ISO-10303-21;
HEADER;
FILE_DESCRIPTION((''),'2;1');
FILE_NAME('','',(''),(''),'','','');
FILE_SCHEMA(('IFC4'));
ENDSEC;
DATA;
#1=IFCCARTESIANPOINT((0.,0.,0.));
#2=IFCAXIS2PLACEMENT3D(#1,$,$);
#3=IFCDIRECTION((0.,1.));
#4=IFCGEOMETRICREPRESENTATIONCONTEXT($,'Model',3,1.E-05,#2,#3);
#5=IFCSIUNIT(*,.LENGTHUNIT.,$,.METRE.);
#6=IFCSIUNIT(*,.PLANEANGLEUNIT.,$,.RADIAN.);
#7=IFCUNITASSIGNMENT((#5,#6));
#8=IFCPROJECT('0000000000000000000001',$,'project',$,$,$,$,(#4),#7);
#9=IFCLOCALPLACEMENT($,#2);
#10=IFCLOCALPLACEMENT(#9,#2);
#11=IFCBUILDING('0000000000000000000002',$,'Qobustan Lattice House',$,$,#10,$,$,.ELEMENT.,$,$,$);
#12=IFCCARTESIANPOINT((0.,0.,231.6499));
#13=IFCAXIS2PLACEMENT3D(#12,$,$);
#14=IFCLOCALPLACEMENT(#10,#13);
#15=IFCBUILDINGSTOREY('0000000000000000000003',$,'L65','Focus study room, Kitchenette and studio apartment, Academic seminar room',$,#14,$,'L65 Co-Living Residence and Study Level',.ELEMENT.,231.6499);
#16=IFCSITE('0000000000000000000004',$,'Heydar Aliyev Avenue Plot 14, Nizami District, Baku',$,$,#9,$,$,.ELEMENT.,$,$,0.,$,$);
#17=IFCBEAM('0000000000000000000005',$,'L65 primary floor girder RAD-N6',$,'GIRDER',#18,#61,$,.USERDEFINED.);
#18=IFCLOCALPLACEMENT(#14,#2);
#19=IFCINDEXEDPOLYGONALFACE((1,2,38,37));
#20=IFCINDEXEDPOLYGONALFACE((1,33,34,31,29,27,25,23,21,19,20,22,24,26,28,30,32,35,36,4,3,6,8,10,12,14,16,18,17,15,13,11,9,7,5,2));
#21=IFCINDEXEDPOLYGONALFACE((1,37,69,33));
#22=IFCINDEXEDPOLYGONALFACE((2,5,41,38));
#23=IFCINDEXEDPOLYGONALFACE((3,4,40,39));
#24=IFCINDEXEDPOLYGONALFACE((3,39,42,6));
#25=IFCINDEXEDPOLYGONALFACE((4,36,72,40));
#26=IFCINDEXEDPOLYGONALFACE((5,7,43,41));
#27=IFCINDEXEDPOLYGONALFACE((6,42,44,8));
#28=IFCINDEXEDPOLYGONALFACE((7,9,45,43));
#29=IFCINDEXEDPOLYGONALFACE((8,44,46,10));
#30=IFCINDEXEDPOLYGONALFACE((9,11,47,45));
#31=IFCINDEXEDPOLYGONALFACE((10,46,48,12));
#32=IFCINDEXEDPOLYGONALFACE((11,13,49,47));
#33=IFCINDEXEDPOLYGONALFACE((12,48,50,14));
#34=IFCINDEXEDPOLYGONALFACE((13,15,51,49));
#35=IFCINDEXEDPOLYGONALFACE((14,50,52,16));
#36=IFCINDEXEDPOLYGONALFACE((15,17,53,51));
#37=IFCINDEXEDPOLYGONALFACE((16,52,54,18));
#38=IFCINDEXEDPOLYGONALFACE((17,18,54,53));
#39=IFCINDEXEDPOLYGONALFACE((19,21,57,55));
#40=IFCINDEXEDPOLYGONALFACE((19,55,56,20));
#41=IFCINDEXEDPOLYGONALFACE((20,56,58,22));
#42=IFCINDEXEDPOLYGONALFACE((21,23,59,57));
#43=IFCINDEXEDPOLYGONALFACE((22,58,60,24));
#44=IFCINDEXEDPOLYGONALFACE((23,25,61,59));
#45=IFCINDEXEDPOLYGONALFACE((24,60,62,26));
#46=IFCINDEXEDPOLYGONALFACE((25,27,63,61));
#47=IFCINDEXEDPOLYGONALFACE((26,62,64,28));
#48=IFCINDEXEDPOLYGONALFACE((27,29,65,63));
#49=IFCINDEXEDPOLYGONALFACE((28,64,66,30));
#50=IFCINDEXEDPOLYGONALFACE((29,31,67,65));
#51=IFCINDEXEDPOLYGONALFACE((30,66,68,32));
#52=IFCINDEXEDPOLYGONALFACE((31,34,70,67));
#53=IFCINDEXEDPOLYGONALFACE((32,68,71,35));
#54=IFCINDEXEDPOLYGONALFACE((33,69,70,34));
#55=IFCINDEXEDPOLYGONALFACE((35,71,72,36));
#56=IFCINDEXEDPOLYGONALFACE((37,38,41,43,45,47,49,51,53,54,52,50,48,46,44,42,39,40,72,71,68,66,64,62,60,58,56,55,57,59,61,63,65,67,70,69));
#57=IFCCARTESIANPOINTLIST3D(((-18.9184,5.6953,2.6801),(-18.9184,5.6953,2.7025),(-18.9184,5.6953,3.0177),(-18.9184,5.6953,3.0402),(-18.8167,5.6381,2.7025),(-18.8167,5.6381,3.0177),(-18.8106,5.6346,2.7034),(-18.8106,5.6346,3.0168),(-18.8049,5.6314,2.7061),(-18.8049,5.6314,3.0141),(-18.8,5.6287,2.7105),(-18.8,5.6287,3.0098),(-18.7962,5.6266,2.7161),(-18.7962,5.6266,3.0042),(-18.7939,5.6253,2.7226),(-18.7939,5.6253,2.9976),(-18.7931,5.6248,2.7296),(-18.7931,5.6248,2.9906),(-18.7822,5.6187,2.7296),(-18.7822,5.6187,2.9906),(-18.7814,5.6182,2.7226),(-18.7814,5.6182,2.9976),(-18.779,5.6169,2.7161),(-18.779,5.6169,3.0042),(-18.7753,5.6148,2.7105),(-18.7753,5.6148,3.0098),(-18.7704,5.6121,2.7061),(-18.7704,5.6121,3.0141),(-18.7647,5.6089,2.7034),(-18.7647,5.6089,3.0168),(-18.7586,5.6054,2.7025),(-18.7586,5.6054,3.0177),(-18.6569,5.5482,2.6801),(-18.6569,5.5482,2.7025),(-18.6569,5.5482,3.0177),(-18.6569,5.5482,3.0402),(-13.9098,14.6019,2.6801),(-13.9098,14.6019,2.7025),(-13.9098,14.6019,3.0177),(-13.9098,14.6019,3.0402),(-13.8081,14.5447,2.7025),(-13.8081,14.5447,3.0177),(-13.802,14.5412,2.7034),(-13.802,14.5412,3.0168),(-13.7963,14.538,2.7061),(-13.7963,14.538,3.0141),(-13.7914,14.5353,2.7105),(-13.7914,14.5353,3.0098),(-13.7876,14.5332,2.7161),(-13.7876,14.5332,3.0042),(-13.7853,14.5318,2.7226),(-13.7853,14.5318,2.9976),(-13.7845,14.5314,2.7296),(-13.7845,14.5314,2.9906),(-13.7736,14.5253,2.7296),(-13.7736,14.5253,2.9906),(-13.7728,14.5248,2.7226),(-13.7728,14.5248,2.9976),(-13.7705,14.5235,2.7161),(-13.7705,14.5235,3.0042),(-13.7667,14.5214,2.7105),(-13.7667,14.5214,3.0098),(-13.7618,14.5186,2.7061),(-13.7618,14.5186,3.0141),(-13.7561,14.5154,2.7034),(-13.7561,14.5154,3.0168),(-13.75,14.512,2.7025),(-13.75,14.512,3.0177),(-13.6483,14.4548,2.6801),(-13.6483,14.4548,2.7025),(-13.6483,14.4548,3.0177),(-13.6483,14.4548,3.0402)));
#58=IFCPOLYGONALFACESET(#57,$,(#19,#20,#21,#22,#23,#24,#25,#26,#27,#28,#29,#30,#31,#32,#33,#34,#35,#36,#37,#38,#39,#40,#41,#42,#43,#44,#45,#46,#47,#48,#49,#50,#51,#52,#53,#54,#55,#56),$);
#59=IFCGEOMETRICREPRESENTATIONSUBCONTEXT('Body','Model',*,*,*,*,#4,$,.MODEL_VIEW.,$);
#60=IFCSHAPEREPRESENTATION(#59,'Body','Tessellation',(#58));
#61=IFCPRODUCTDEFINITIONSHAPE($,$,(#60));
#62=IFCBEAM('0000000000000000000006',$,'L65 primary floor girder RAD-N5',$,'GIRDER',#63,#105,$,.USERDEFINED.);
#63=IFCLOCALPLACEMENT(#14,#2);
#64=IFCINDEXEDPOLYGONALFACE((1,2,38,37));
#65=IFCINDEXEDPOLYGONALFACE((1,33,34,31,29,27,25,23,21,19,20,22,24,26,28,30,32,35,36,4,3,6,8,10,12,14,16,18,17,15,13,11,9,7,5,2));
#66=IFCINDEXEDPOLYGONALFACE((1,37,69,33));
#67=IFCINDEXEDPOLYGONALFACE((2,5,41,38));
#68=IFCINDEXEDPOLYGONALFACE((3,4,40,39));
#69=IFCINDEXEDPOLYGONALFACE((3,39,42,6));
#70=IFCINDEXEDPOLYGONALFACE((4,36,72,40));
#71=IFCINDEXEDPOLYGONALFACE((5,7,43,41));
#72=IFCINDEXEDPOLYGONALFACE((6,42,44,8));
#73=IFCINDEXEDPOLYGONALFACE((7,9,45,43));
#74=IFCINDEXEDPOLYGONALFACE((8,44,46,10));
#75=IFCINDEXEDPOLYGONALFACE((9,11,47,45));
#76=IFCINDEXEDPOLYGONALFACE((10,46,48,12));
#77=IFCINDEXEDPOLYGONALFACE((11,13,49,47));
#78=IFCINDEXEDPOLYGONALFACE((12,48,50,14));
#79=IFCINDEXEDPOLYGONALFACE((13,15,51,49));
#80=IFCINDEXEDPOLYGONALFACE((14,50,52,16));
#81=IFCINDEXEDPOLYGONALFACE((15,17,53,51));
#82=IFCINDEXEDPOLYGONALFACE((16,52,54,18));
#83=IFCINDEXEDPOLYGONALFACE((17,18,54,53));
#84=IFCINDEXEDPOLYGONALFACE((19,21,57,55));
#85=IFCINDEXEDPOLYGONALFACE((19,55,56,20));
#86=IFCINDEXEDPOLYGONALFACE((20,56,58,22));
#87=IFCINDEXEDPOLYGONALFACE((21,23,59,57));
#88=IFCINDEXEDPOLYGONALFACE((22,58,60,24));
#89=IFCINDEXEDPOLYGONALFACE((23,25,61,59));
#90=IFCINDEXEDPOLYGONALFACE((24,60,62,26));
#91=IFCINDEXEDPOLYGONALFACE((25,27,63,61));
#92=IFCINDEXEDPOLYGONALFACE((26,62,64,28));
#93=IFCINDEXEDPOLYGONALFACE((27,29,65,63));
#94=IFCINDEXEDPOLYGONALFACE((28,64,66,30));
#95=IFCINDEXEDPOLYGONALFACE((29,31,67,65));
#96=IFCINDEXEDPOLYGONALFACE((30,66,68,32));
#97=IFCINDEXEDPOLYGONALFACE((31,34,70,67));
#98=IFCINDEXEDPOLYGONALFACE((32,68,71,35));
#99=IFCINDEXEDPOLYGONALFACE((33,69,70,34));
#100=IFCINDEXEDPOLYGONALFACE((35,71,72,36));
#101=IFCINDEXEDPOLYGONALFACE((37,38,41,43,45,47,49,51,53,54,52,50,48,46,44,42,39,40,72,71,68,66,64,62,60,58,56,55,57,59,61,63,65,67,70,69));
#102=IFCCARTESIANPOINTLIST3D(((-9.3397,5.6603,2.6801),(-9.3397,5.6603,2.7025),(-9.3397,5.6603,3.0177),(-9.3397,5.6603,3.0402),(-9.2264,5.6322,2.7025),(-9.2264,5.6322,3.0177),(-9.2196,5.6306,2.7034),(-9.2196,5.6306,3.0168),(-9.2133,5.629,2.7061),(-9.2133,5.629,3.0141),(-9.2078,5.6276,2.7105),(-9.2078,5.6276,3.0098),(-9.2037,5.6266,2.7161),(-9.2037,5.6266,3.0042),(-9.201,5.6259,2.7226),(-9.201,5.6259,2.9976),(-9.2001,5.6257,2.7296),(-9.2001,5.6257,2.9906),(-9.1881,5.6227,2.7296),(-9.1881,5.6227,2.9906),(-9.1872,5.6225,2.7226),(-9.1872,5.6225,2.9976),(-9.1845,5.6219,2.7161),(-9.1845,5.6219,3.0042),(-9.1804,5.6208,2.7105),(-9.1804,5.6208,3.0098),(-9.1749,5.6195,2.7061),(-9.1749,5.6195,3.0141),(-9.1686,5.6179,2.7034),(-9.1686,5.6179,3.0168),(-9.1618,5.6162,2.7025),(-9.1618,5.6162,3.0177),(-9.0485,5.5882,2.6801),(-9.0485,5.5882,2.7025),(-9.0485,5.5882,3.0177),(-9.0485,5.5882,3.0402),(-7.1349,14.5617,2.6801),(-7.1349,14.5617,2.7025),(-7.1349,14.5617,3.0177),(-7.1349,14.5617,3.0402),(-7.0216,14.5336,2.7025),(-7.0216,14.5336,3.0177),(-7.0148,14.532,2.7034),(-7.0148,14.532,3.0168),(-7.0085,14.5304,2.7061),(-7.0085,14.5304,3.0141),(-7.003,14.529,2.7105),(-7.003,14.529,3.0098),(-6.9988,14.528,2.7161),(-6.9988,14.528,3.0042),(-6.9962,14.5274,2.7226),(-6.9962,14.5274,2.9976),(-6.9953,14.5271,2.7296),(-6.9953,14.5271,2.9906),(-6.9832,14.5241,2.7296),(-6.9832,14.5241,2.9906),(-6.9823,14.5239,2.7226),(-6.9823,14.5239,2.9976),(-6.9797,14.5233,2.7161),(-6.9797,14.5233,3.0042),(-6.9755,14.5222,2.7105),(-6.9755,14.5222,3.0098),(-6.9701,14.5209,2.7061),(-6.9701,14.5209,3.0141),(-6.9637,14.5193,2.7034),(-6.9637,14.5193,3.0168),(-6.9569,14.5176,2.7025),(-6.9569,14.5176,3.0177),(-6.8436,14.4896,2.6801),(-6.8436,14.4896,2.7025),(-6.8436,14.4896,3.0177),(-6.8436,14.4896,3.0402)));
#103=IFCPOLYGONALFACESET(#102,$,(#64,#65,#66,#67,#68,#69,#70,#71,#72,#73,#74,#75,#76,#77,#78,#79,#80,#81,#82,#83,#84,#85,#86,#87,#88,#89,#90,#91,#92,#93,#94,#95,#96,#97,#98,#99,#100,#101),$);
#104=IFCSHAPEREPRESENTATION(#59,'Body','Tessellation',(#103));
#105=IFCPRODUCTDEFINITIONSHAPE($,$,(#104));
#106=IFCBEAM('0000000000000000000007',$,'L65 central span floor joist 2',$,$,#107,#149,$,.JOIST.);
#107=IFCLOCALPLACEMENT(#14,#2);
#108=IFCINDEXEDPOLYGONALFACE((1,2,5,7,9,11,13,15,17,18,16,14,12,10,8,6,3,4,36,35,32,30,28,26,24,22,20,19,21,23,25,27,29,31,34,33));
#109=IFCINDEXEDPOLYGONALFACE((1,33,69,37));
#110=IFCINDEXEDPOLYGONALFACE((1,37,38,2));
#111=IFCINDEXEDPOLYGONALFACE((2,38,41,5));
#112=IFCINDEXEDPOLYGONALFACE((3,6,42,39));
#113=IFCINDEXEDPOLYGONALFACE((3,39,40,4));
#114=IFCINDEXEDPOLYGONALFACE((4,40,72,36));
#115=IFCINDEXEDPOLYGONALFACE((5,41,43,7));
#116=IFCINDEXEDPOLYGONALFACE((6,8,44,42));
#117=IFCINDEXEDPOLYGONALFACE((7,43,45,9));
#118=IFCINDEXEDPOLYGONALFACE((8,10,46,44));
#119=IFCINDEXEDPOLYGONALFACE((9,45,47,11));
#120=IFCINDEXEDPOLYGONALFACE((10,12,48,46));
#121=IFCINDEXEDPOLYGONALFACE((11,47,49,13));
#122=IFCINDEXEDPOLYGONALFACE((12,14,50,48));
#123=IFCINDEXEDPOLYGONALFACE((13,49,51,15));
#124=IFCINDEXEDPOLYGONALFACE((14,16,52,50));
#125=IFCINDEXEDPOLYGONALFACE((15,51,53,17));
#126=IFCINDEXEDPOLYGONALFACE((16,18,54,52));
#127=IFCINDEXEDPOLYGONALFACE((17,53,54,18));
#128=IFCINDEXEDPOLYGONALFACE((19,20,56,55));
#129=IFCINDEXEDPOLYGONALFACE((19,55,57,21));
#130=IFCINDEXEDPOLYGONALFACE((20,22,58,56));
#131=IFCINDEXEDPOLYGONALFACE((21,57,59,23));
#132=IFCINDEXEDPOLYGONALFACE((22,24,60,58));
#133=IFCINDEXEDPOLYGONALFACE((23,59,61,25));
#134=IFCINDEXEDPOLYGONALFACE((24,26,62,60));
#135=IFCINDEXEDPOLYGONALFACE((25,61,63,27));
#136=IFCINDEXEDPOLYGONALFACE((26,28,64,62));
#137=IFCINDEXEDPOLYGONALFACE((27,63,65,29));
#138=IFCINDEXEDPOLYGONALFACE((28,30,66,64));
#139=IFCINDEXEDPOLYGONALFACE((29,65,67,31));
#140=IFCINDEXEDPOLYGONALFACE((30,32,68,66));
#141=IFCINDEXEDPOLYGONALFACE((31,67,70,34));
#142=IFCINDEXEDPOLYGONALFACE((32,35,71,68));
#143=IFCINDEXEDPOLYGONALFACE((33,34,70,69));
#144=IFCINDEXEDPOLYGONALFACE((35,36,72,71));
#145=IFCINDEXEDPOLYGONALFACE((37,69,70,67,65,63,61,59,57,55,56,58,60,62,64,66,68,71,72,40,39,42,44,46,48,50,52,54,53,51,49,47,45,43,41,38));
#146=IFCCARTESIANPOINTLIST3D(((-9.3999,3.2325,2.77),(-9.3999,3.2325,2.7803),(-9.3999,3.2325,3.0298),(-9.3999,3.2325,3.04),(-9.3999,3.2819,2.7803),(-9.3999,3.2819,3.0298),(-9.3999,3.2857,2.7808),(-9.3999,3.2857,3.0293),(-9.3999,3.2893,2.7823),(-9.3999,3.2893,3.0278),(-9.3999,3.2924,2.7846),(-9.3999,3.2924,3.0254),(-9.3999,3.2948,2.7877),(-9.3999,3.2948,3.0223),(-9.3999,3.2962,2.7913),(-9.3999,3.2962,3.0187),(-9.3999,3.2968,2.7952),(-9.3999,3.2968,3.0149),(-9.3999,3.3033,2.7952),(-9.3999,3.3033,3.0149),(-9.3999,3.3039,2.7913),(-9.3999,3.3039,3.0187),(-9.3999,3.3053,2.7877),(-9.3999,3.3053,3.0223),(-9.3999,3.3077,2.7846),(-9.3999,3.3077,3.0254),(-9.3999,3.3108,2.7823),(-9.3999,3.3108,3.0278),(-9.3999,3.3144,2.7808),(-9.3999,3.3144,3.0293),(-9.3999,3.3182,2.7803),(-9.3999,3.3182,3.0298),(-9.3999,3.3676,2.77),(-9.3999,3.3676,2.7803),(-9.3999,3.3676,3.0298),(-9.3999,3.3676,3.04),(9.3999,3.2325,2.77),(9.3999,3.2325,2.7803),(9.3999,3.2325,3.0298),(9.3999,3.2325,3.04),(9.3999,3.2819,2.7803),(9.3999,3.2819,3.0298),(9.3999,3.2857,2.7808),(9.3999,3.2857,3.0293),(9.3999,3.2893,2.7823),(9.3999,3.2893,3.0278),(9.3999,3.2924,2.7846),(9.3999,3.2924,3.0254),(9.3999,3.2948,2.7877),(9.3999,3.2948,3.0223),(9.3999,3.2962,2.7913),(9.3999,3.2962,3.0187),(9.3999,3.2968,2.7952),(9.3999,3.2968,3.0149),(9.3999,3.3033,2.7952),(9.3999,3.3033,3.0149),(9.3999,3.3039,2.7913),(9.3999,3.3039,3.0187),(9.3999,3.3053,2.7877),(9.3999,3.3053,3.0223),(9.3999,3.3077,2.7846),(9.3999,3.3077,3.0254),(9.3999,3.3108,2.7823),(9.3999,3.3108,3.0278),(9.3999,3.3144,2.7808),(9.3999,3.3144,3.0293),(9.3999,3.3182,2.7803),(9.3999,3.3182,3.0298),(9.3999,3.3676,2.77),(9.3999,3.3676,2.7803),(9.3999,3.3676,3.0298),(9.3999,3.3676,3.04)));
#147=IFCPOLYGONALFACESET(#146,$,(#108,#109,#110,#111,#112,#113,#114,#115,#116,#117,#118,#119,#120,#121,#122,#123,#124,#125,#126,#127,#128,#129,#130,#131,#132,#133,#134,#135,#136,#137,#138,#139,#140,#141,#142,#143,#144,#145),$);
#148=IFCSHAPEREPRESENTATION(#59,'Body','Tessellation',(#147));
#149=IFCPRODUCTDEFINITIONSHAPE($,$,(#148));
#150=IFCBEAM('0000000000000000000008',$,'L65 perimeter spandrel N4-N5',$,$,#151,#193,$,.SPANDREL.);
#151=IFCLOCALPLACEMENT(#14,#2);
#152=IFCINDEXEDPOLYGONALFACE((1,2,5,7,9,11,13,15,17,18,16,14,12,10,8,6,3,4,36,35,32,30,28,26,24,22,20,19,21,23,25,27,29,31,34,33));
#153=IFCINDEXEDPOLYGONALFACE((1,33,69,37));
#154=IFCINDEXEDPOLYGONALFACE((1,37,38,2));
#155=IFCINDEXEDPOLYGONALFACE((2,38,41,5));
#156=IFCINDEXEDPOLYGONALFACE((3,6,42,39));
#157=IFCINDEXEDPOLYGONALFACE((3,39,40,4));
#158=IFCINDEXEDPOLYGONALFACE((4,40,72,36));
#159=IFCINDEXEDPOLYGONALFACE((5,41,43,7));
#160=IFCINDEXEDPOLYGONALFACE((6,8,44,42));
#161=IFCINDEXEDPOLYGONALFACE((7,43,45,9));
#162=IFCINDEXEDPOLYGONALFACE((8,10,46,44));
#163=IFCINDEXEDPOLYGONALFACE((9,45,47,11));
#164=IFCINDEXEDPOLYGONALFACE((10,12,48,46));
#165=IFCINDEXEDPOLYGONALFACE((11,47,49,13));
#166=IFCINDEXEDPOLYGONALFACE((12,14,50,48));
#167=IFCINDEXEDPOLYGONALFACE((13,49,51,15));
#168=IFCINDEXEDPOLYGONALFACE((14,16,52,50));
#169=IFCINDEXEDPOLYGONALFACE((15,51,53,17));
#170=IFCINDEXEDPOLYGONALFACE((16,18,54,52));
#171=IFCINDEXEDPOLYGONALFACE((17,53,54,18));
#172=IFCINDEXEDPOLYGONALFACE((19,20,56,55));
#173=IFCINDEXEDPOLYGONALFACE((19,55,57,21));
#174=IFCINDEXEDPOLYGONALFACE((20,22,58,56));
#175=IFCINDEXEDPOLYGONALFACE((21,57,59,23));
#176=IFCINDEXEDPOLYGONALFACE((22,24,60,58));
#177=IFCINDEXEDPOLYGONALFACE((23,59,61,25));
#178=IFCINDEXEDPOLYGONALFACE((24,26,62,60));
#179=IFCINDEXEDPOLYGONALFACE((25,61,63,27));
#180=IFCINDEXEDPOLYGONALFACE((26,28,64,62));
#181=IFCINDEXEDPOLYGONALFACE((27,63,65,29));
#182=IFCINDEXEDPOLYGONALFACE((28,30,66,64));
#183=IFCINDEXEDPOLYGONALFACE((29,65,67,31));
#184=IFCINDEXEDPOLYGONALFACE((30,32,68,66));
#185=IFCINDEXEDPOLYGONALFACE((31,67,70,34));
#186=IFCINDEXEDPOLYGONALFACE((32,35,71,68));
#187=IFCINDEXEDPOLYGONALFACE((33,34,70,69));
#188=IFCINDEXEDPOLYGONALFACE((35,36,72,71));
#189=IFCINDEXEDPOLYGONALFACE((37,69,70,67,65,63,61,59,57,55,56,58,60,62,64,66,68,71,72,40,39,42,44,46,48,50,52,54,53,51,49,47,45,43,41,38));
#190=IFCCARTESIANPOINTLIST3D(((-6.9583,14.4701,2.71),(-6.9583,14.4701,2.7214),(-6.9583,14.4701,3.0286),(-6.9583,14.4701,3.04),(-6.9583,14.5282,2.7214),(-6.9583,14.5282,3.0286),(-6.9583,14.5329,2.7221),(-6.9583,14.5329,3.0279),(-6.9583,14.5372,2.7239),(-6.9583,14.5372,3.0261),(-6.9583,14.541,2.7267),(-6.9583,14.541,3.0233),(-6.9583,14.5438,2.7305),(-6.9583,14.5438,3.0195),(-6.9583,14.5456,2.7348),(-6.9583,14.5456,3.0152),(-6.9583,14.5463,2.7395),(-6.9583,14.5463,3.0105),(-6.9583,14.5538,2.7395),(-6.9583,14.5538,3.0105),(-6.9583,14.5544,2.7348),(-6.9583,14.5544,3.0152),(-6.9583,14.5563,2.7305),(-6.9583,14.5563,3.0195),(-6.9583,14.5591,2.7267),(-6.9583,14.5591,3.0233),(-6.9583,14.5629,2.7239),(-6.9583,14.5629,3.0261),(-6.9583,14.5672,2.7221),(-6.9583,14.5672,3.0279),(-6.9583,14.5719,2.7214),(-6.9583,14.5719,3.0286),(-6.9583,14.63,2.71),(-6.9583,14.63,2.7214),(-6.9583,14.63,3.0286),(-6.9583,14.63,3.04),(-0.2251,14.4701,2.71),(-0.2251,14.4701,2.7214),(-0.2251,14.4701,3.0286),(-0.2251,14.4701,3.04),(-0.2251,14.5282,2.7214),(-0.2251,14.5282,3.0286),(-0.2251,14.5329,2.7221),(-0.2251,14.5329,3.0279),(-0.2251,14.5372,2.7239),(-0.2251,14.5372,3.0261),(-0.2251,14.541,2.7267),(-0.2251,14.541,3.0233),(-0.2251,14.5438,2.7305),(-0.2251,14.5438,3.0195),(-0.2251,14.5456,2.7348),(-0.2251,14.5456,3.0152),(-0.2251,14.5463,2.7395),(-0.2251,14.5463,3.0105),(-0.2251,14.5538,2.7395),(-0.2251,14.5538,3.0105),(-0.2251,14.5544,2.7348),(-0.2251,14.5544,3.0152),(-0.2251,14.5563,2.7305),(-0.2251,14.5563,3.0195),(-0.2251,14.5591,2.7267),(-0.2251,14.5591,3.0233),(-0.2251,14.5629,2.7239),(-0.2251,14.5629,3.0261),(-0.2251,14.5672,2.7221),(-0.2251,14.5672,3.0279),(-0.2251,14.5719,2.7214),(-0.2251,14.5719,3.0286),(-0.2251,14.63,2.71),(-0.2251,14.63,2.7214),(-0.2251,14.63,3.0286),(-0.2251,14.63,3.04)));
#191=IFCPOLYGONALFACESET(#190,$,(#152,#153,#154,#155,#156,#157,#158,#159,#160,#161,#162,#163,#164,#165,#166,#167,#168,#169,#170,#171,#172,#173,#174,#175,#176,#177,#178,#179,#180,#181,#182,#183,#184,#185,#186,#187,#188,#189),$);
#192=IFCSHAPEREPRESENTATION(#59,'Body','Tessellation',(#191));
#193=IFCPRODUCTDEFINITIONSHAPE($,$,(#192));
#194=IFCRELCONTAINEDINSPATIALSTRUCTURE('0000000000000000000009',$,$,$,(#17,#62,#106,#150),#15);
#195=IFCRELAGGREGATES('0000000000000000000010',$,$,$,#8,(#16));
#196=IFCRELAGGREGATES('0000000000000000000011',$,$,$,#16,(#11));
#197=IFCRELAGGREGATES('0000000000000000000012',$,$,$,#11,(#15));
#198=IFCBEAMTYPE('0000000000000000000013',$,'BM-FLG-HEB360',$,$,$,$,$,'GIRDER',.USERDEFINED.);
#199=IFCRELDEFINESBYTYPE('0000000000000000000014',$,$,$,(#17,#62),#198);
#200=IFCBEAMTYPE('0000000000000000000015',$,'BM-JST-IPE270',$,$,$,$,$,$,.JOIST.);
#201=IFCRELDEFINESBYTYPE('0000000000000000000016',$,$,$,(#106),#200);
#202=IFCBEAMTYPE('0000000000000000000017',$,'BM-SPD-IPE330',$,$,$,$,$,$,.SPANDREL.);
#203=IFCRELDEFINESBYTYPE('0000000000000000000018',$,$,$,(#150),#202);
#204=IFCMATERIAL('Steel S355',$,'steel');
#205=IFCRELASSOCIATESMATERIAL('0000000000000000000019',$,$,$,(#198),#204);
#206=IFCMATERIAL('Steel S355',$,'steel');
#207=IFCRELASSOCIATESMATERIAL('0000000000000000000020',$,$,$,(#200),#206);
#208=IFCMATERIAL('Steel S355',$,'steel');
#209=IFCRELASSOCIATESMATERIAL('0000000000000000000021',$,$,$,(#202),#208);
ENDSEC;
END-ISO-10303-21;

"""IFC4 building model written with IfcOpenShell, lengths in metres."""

from ifc_helpers import new_model, si_unit, direction, frame, origin, origin_2d, place, context, subcontext, project, spatial, i_section, extrude, material, material_profile, profile_set, type_object, element, save


model = new_model("IFC4")

# Units and contexts
model_context = context("Model", 3, precision=1e-05, world=origin(), true_north=direction((0.0, 1.0)))
body_context = subcontext(model_context, "Body", "Model", "MODEL_VIEW")
ifc_project = project(units=[si_unit("LENGTHUNIT", "METRE"), si_unit("PLANEANGLEUNIT", "RADIAN")], contexts=[model_context])

# Site, building, storey
site_placement = place(None, origin())
site = spatial("IfcSite", under=ifc_project, at=site_placement, Name="Heydar Aliyev Avenue Plot 14, Nizami District, Baku", CompositionType="ELEMENT", RefElevation=0.0)
building_placement = place(site_placement, origin())
building = spatial("IfcBuilding", under=site, at=building_placement, Name="Qobustan Lattice House", CompositionType="ELEMENT")
storey_placement = place(building_placement, frame((0.0, 0.0, 231.6499)))
storey = spatial("IfcBuildingStorey", under=building, at=storey_placement, Name="L65", Description="Focus study room, Kitchenette and studio apartment, Academic seminar room", LongName="L65 Co-Living Residence and Study Level", CompositionType="ELEMENT", Elevation=231.6499)

# Beams
ifc_material_1 = material(Name="Steel S355", Category="steel")
ifc_material_profile_1 = material_profile(ifc_material_1, i_section(OverallWidth=0.3, OverallDepth=0.3601, WebThickness=0.0125, FlangeThickness=0.0225, FilletRadius=0.0271, at=origin_2d()), Name="HEB360")
ifc_profile_set_1 = profile_set([ifc_material_profile_1], Name="Steel S355")
beam_type_1 = type_object("IfcBeamType", Name="BM-FLG-HEB360", ElementType="GIRDER", PredefinedType="USERDEFINED", material=ifc_profile_set_1)
beam_1_placement = place(storey_placement, frame((-13.7791, 14.5283, 2.8601), z_axis=(-0.49016, -0.871632, 0.0), x_axis=(0.871632, -0.49016, 0.0)))
element("IfcBeam", 1, at=beam_1_placement, inside=storey, type_object=beam_type_1, Name="L65 primary floor girder RAD-N6", ObjectType="GIRDER", PredefinedType="USERDEFINED", context=body_context, shape_type="SweptSolid", body=[
    extrude(i_section(OverallWidth=0.3, OverallDepth=0.3601, WebThickness=0.0125, FlangeThickness=0.0225, FilletRadius=0.0271, at=origin_2d()), origin(), (0.0, 0.0, 1.0), 10.2183),
])
beam_2_placement = place(storey_placement, frame((-6.9893, 14.5256, 2.8601), z_axis=(-0.24043, -0.970666, 0.0), x_axis=(0.970666, -0.24043, 0.0)))
element("IfcBeam", 2, at=beam_2_placement, inside=storey, type_object=beam_type_1, Name="L65 primary floor girder RAD-N5", ObjectType="GIRDER", PredefinedType="USERDEFINED", context=body_context, shape_type="SweptSolid", body=[
    extrude(i_section(OverallWidth=0.3, OverallDepth=0.3601, WebThickness=0.0125, FlangeThickness=0.0225, FilletRadius=0.0271, at=origin_2d()), origin(), (0.0, 0.0, 1.0), 9.1704),
])
ifc_material_2 = material(Name="Steel S355", Category="steel")
ifc_material_profile_2 = material_profile(ifc_material_2, i_section(OverallWidth=0.135, OverallDepth=0.27, WebThickness=0.0066, FlangeThickness=0.0103, FilletRadius=0.0149, at=origin_2d()), Name="IPE270")
ifc_profile_set_2 = profile_set([ifc_material_profile_2], Name="Steel S355")
beam_type_2 = type_object("IfcBeamType", Name="BM-JST-IPE270", PredefinedType="JOIST", material=ifc_profile_set_2)
beam_3_placement = place(storey_placement, frame((-9.3999, 3.3, 2.905), z_axis=(1.0, 0.0, 0.0), x_axis=(0.0, 1.0, 0.0)))
element("IfcBeam", 3, at=beam_3_placement, inside=storey, type_object=beam_type_2, Name="L65 central span floor joist 2", PredefinedType="JOIST", context=body_context, shape_type="SweptSolid", body=[
    extrude(i_section(OverallWidth=0.135, OverallDepth=0.27, WebThickness=0.0066, FlangeThickness=0.0103, FilletRadius=0.0149, at=origin_2d()), origin(), (0.0, 0.0, 1.0), 18.7998),
])
ifc_material_3 = material(Name="Steel S355", Category="steel")
ifc_material_profile_3 = material_profile(ifc_material_3, i_section(OverallWidth=0.1599, OverallDepth=0.3301, WebThickness=0.0076, FlangeThickness=0.0115, FilletRadius=0.0181, at=origin_2d()), Name="IPE330")
ifc_profile_set_3 = profile_set([ifc_material_profile_3], Name="Steel S355")
beam_type_3 = type_object("IfcBeamType", Name="BM-SPD-IPE330", PredefinedType="SPANDREL", material=ifc_profile_set_3)
beam_4_placement = place(storey_placement, frame((-0.2251, 14.55, 2.875), z_axis=(-1.0, 0.0, 0.0), x_axis=(0.0, -1.0, 0.0)))
element("IfcBeam", 4, at=beam_4_placement, inside=storey, type_object=beam_type_3, Name="L65 perimeter spandrel N4-N5", PredefinedType="SPANDREL", context=body_context, shape_type="SweptSolid", body=[
    extrude(i_section(OverallWidth=0.1599, OverallDepth=0.3301, WebThickness=0.0076, FlangeThickness=0.0115, FilletRadius=0.0181, at=origin_2d()), origin(), (0.0, 0.0, 1.0), 6.7332),
])

save(model, "model.ifc")
